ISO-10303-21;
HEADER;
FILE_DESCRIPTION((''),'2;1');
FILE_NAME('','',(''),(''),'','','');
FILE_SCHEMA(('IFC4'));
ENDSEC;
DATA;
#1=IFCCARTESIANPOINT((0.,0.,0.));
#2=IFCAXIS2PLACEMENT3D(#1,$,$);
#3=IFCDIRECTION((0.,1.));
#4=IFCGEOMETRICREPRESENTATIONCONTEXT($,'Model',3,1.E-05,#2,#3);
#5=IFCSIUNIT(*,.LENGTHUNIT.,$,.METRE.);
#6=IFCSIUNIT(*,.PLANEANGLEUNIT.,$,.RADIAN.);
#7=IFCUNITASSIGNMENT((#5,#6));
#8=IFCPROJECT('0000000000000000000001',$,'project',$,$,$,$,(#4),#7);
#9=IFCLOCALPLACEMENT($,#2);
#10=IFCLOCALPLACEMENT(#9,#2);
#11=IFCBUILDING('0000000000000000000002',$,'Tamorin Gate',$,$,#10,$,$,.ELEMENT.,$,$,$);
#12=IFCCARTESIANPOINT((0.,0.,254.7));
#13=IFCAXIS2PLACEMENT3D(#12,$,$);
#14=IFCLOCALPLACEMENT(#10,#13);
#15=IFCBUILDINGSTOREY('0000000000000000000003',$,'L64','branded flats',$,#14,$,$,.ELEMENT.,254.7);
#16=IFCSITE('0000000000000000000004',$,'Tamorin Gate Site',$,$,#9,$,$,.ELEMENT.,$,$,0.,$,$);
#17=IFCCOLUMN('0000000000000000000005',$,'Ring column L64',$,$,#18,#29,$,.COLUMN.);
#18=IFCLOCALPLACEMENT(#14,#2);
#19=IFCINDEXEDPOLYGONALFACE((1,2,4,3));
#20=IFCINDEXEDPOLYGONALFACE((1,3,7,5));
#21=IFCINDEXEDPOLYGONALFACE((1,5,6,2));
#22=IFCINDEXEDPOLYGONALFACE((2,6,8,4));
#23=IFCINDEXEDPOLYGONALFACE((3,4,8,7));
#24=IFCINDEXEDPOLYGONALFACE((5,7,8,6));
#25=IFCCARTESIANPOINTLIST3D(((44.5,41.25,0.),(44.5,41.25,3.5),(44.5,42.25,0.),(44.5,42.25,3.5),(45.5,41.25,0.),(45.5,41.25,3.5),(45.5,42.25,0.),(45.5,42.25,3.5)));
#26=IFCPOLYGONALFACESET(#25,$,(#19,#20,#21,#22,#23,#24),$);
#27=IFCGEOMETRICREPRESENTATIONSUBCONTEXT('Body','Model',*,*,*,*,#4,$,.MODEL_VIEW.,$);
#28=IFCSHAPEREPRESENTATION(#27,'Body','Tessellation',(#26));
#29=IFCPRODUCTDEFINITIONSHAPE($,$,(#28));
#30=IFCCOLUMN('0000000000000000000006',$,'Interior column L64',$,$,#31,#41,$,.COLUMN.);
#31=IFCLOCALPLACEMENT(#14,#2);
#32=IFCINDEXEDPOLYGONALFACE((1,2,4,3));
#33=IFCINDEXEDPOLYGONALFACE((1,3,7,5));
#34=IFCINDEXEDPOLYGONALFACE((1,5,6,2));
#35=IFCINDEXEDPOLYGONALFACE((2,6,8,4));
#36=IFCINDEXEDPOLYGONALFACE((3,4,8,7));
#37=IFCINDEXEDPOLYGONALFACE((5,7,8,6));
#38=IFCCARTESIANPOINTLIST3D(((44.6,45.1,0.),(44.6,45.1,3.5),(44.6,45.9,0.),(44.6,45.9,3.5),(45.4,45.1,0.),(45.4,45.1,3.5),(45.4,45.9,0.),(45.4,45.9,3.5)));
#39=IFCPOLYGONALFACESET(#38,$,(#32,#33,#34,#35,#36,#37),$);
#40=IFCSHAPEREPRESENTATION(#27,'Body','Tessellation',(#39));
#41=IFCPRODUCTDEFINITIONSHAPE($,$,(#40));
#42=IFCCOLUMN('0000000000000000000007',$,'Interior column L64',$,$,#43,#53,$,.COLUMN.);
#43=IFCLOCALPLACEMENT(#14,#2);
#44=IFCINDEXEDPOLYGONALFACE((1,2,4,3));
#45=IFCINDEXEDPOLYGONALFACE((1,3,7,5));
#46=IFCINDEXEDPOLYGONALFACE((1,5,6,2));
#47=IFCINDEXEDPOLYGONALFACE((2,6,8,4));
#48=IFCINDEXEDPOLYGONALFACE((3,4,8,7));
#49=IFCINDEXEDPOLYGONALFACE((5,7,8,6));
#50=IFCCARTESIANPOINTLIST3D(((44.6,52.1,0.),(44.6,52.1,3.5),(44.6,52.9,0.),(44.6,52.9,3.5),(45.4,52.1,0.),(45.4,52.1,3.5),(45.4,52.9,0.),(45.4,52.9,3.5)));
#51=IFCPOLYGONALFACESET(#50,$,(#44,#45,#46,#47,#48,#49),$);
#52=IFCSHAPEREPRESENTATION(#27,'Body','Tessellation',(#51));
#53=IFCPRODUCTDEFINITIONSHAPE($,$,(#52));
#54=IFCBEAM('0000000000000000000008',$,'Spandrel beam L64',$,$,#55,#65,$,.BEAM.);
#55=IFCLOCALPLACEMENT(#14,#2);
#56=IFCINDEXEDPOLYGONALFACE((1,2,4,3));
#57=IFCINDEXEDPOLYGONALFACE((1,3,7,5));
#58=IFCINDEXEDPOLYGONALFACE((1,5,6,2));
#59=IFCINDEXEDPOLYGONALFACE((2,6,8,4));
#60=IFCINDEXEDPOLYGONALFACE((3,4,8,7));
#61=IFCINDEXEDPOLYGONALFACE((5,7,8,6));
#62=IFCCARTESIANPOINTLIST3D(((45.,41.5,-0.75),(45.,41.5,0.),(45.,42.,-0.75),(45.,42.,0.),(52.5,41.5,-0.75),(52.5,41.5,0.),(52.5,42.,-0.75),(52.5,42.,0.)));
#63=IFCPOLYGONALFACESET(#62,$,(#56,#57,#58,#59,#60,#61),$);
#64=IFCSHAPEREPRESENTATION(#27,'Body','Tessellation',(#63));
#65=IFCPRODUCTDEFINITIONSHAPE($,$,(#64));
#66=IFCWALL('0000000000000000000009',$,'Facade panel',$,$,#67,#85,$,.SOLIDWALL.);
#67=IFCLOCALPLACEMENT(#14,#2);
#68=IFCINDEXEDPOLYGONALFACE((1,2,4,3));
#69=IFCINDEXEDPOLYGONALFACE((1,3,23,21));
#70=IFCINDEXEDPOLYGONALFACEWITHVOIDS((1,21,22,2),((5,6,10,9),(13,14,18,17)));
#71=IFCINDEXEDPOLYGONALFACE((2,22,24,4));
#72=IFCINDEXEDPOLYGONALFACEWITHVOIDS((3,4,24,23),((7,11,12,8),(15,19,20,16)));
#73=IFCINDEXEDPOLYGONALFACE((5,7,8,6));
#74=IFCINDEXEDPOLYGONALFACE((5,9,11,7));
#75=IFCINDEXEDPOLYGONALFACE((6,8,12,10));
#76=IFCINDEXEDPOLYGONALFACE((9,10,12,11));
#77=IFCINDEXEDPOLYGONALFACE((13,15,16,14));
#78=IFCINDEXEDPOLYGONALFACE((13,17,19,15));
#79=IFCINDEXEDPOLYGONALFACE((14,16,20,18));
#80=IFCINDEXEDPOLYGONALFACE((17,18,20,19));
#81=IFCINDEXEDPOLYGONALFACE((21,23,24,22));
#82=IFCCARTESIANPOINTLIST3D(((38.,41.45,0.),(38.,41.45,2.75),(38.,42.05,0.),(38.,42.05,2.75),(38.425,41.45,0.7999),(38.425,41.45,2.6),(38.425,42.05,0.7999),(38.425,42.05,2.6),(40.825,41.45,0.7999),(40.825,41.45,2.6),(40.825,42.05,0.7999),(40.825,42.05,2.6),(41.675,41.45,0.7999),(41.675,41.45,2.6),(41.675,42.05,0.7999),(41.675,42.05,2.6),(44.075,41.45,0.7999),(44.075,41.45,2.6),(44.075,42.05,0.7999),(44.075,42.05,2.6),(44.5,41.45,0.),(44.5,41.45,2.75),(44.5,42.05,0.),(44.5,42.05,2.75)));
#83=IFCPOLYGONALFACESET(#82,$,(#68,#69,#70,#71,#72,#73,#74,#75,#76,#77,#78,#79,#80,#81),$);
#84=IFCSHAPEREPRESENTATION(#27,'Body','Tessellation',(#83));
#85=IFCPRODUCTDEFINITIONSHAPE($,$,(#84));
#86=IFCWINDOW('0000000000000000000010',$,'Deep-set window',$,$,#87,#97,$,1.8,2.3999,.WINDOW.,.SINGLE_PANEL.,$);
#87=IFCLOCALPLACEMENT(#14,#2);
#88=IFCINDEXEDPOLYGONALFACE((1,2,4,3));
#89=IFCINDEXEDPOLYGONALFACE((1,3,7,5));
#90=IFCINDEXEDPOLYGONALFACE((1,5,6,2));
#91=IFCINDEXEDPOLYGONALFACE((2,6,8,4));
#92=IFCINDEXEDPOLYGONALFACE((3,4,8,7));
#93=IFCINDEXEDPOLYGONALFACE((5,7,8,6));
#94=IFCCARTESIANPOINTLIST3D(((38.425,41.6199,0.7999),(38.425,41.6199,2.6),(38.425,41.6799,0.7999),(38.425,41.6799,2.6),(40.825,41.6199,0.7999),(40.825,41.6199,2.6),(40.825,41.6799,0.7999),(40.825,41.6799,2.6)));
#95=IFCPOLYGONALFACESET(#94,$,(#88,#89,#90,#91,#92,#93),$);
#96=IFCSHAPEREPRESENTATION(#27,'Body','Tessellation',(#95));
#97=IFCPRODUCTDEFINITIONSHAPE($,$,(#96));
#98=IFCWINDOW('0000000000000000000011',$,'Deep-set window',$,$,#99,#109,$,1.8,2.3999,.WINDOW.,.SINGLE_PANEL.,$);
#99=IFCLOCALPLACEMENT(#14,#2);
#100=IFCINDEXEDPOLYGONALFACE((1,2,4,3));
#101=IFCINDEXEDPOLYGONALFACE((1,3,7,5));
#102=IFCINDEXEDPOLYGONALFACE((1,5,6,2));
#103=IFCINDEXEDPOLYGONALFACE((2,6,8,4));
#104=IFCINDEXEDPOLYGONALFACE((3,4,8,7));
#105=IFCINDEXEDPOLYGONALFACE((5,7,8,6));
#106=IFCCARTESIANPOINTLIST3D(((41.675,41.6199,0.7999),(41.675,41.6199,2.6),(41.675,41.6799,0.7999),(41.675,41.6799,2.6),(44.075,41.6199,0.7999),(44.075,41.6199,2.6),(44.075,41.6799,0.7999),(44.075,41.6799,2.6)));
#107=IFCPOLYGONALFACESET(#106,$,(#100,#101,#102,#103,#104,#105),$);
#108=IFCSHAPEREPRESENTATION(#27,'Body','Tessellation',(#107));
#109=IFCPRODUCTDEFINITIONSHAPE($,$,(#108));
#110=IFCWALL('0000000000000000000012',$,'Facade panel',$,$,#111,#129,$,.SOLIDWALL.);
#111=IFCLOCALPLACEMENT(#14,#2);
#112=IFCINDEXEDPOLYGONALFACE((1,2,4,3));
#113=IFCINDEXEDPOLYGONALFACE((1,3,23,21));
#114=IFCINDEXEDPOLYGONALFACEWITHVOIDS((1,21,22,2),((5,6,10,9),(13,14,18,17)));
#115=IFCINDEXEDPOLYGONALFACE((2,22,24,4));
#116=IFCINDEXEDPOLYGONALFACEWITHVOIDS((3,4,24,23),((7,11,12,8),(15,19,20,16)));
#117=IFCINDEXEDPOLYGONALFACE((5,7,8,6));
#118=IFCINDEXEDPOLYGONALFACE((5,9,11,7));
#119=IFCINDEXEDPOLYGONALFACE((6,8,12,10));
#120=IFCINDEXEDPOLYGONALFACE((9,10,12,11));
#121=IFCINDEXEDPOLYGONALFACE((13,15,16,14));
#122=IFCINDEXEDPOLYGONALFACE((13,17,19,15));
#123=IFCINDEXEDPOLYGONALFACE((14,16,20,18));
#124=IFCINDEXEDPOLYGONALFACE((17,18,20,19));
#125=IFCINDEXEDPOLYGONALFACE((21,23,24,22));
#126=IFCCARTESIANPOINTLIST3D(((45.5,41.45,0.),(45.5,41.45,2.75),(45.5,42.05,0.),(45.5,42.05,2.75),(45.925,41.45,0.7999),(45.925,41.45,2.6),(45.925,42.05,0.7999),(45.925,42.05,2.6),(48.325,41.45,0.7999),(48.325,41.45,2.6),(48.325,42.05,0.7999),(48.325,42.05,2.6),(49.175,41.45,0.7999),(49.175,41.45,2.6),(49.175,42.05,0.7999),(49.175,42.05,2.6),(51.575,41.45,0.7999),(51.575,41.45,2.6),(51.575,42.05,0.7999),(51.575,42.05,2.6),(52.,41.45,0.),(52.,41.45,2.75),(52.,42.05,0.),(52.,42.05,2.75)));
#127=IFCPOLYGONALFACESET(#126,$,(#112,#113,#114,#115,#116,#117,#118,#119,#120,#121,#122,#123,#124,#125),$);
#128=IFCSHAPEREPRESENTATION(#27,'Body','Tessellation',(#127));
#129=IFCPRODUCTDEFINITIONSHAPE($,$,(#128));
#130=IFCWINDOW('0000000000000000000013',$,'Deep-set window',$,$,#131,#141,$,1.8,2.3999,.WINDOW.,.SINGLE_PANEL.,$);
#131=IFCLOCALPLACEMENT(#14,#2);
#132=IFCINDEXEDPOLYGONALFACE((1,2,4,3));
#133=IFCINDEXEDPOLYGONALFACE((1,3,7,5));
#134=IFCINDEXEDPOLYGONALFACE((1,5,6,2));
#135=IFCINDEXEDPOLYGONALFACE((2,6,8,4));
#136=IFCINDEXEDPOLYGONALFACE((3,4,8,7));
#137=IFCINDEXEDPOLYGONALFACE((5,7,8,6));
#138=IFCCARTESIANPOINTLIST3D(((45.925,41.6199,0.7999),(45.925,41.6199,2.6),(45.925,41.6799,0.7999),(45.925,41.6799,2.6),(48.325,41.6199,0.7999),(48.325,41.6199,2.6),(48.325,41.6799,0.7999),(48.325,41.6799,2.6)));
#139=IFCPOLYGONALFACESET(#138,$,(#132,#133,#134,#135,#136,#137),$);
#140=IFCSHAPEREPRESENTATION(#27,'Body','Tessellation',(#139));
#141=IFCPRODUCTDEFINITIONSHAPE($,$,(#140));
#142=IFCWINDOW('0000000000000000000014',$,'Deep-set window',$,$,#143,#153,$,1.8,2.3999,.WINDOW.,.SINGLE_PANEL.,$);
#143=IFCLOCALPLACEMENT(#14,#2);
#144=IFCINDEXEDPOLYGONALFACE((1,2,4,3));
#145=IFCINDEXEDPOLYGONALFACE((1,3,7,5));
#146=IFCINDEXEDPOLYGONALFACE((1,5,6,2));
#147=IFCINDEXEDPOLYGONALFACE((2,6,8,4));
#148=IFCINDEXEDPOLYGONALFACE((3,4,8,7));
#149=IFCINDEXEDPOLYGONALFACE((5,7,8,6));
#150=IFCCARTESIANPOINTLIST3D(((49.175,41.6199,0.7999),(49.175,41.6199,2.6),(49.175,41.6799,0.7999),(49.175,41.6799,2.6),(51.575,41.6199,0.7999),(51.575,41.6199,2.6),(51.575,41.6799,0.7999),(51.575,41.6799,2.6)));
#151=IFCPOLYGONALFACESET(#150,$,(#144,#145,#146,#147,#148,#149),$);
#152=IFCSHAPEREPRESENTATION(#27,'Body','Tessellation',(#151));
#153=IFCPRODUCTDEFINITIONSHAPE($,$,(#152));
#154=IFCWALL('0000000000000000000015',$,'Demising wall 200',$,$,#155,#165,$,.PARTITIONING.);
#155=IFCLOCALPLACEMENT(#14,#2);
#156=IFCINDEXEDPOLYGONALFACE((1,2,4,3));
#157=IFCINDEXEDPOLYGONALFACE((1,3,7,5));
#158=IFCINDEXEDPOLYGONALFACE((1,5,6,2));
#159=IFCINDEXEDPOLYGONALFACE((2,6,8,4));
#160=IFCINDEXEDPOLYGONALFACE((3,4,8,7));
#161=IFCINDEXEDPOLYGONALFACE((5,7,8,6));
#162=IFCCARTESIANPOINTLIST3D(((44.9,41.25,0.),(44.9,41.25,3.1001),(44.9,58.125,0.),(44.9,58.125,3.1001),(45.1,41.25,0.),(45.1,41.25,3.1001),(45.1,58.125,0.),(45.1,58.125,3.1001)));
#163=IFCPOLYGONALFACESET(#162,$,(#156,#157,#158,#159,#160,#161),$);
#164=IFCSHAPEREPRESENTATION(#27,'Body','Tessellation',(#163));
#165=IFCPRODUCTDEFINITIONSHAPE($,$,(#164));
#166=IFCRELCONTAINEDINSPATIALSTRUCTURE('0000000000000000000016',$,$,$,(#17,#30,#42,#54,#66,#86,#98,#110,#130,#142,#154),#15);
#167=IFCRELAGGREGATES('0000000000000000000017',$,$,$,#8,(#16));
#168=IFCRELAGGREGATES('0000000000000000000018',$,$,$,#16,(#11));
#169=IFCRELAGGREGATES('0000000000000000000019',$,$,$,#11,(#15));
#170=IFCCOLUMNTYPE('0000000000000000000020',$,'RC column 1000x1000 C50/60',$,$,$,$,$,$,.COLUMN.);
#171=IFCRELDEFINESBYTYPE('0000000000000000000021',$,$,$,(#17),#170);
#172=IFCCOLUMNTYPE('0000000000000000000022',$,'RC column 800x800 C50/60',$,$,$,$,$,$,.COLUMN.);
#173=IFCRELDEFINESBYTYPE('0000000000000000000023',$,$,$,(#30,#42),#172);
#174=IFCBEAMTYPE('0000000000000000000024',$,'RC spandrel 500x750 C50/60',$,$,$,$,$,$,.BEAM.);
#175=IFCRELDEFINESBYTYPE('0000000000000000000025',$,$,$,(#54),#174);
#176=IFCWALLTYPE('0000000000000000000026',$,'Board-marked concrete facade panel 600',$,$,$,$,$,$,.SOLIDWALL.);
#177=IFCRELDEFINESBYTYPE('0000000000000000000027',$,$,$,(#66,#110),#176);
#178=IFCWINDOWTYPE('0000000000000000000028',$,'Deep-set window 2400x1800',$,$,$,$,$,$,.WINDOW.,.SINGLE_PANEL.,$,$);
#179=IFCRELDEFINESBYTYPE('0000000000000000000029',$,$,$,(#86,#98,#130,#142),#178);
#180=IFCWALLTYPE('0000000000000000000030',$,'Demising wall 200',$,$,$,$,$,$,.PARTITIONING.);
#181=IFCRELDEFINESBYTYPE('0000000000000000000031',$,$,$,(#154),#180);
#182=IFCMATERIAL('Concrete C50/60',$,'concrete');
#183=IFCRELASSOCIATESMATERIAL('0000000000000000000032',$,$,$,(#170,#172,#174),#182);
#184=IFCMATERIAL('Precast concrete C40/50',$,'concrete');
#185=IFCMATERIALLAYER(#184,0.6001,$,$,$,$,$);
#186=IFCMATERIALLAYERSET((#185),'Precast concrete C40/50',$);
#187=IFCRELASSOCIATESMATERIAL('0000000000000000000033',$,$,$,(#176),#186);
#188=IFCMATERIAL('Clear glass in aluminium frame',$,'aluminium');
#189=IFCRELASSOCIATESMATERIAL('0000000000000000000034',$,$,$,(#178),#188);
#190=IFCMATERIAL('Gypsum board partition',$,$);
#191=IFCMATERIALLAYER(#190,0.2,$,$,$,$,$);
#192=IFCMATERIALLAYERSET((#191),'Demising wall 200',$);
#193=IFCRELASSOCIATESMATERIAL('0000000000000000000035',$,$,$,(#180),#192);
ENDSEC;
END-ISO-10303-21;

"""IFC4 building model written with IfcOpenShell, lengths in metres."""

from ifc_helpers import new_model, si_unit, direction, frame, frame_2d, origin, origin_2d, place, context, subcontext, project, spatial, rectangle, extrude, material, layer, layer_set, material_profile, profile_set, type_object, element, fill, save


model = new_model("IFC4")

# Units and contexts
model_context = context("Model", 3, precision=1e-05, world=origin(), true_north=direction((0.0, 1.0)))
body_context = subcontext(model_context, "Body", "Model", "MODEL_VIEW")
ifc_project = project(units=[si_unit("LENGTHUNIT", "METRE"), si_unit("PLANEANGLEUNIT", "RADIAN")], contexts=[model_context])

# Site, building, storey
site_placement = place(None, origin())
site = spatial("IfcSite", under=ifc_project, at=site_placement, Name="Tamorin Gate Site", CompositionType="ELEMENT", RefElevation=0.0)
building_placement = place(site_placement, origin())
building = spatial("IfcBuilding", under=site, at=building_placement, Name="Tamorin Gate", CompositionType="ELEMENT")
storey_placement = place(building_placement, frame((0.0, 0.0, 254.7)))
storey = spatial("IfcBuildingStorey", under=building, at=storey_placement, Name="L64", Description="branded flats", CompositionType="ELEMENT", Elevation=254.7)

# Columns
ifc_material_1 = material(Name="Concrete C50/60", Category="concrete")
ifc_material_profile_1 = material_profile(ifc_material_1, rectangle(XDim=1.0, YDim=1.0, at=origin_2d()), Name="RC 1000x1000")
ifc_profile_set_1 = profile_set([ifc_material_profile_1], Name="Concrete C50/60")
column_type_1 = type_object("IfcColumnType", Name="RC column 1000x1000 C50/60", PredefinedType="COLUMN", material=ifc_profile_set_1)
column_placement = place(storey_placement, frame((45.0, 41.75, 0.0), z_axis=(0.0, 0.0, 1.0), x_axis=(1.0, 0.0, 0.0)))
element("IfcColumn", 1, at=column_placement, inside=storey, type_object=column_type_1, Name="Ring column L64", PredefinedType="COLUMN", context=body_context, shape_type="SweptSolid", body=[
    extrude(rectangle(XDim=1.0, YDim=1.0, at=origin_2d()), origin(), (0.0, 0.0, 1.0), 3.5),
])
ifc_material_profile_2 = material_profile(ifc_material_1, rectangle(XDim=0.8, YDim=0.8, at=origin_2d()), Name="RC 800x800")
ifc_profile_set_2 = profile_set([ifc_material_profile_2], Name="Concrete C50/60")
column_type_2 = type_object("IfcColumnType", Name="RC column 800x800 C50/60", PredefinedType="COLUMN", material=ifc_profile_set_2)
for number, where, z_axis, x_axis, name in (
    (2, (45.0, 45.5, 0.0), (0.0, 0.0, 1.0), (1.0, 0.0, 0.0), "Interior column L64"),
    (3, (45.0, 52.5, 0.0), (0.0, 0.0, 1.0), (1.0, 0.0, 0.0), "Interior column L64"),
):
    element("IfcColumn", number, at=place(storey_placement, frame(where, z_axis=z_axis, x_axis=x_axis)), inside=storey, type_object=column_type_2, Name=name, PredefinedType="COLUMN", context=body_context, shape_type="SweptSolid", body=[
        extrude(rectangle(XDim=0.8, YDim=0.8, at=origin_2d()), origin(), (0.0, 0.0, 1.0), 3.5),
    ])

# Beam
ifc_material_profile_3 = material_profile(ifc_material_1, rectangle(XDim=0.5, YDim=0.75, at=origin_2d()), Name="RC 500x750")
ifc_profile_set_3 = profile_set([ifc_material_profile_3], Name="Concrete C50/60")
beam_type = type_object("IfcBeamType", Name="RC spandrel 500x750 C50/60", PredefinedType="BEAM", material=ifc_profile_set_3)
beam_placement = place(storey_placement, frame((45.0, 41.75, -0.375), z_axis=(1.0, 0.0, 0.0), x_axis=(0.0, 1.0, 0.0)))
element("IfcBeam", 4, at=beam_placement, inside=storey, type_object=beam_type, Name="Spandrel beam L64", PredefinedType="BEAM", context=body_context, shape_type="SweptSolid", body=[
    extrude(rectangle(XDim=0.5, YDim=0.75, at=origin_2d()), origin(), (0.0, 0.0, 1.0), 7.5),
])

# Walls, openings, windows
ifc_material_2 = material(Name="Precast concrete C40/50", Category="concrete")
ifc_layer_1 = layer(ifc_material_2, 0.6001)
ifc_layer_set_1 = layer_set([ifc_layer_1], Name="Precast concrete C40/50")
wall_type_1 = type_object("IfcWallType", Name="Board-marked concrete facade panel 600", PredefinedType="SOLIDWALL", material=ifc_layer_set_1)
wall_1_placement = place(storey_placement, frame((38.0, 41.75, 0.0), z_axis=(0.0, 0.0, 1.0), x_axis=(1.0, 0.0, 0.0)))
wall_1 = element("IfcWall", 5, at=wall_1_placement, inside=storey, type_object=wall_type_1, Name="Facade panel", PredefinedType="SOLIDWALL", context=body_context, shape_type="SweptSolid", body=[
    extrude(rectangle(XDim=6.5, YDim=0.6001, at=frame_2d((3.25, 0.0))), origin(), (0.0, 0.0, 1.0), 2.75),
])
opening_1_placement = place(wall_1_placement, frame((0.425, 0.0, 0.8)))
opening_1 = element("IfcOpeningElement", 6, at=opening_1_placement, cuts=wall_1, PredefinedType="OPENING", context=body_context, shape_type="SweptSolid", body=[
    extrude(rectangle(XDim=2.3999, YDim=1.8, at=frame_2d((1.2, 0.8999))), frame((0.0, 0.3101, 0.0), z_axis=(0.0, -1.0, 0.0), x_axis=(1.0, 0.0, 0.0)), (0.0, 0.0, 1.0), 0.6201),
])
opening_2_placement = place(wall_1_placement, frame((3.675, 0.0, 0.8)))
opening_2 = element("IfcOpeningElement", 7, at=opening_2_placement, cuts=wall_1, PredefinedType="OPENING", context=body_context, shape_type="SweptSolid", body=[
    extrude(rectangle(XDim=2.3999, YDim=1.8, at=frame_2d((1.2, 0.8999))), frame((0.0, 0.3101, 0.0), z_axis=(0.0, -1.0, 0.0), x_axis=(1.0, 0.0, 0.0)), (0.0, 0.0, 1.0), 0.6201),
])
ifc_material_3 = material(Name="Clear glass in aluminium frame", Category="aluminium")
window_type = type_object("IfcWindowType", Name="Deep-set window 2400x1800", PartitioningType="SINGLE_PANEL", PredefinedType="WINDOW", material=ifc_material_3)
window_1_placement = place(opening_1_placement, origin())
window_1 = element("IfcWindow", 8, at=window_1_placement, inside=storey, type_object=window_type, Name="Deep-set window", OverallHeight=1.8, OverallWidth=2.3999, PartitioningType="SINGLE_PANEL", PredefinedType="WINDOW", context=body_context, shape_type="SweptSolid", body=[
    extrude(rectangle(XDim=2.3999, YDim=1.8, at=frame_2d((1.2, 0.8999))), frame((0.0, -0.0701, 0.0), z_axis=(0.0, -1.0, 0.0), x_axis=(1.0, 0.0, 0.0)), (0.0, 0.0, 1.0), 0.0601),
])
fill(opening_1, window_1)
window_2_placement = place(opening_2_placement, origin())
window_2 = element("IfcWindow", 9, at=window_2_placement, inside=storey, type_object=window_type, Name="Deep-set window", OverallHeight=1.8, OverallWidth=2.3999, PartitioningType="SINGLE_PANEL", PredefinedType="WINDOW", context=body_context, shape_type="SweptSolid", body=[
    extrude(rectangle(XDim=2.3999, YDim=1.8, at=frame_2d((1.2, 0.8999))), frame((0.0, -0.0701, 0.0), z_axis=(0.0, -1.0, 0.0), x_axis=(1.0, 0.0, 0.0)), (0.0, 0.0, 1.0), 0.0601),
])
fill(opening_2, window_2)
wall_2_placement = place(storey_placement, frame((45.5, 41.75, 0.0), z_axis=(0.0, 0.0, 1.0), x_axis=(1.0, 0.0, 0.0)))
wall_2 = element("IfcWall", 10, at=wall_2_placement, inside=storey, type_object=wall_type_1, Name="Facade panel", PredefinedType="SOLIDWALL", context=body_context, shape_type="SweptSolid", body=[
    extrude(rectangle(XDim=6.5, YDim=0.6001, at=frame_2d((3.25, 0.0))), origin(), (0.0, 0.0, 1.0), 2.75),
])
opening_3_placement = place(wall_2_placement, frame((0.425, 0.0, 0.8)))
opening_3 = element("IfcOpeningElement", 11, at=opening_3_placement, cuts=wall_2, PredefinedType="OPENING", context=body_context, shape_type="SweptSolid", body=[
    extrude(rectangle(XDim=2.3999, YDim=1.8, at=frame_2d((1.2, 0.8999))), frame((0.0, 0.3101, 0.0), z_axis=(0.0, -1.0, 0.0), x_axis=(1.0, 0.0, 0.0)), (0.0, 0.0, 1.0), 0.6201),
])
opening_4_placement = place(wall_2_placement, frame((3.675, 0.0, 0.8)))
opening_4 = element("IfcOpeningElement", 12, at=opening_4_placement, cuts=wall_2, PredefinedType="OPENING", context=body_context, shape_type="SweptSolid", body=[
    extrude(rectangle(XDim=2.3999, YDim=1.8, at=frame_2d((1.2, 0.8999))), frame((0.0, 0.3101, 0.0), z_axis=(0.0, -1.0, 0.0), x_axis=(1.0, 0.0, 0.0)), (0.0, 0.0, 1.0), 0.6201),
])
window_3_placement = place(opening_3_placement, origin())
window_3 = element("IfcWindow", 13, at=window_3_placement, inside=storey, type_object=window_type, Name="Deep-set window", OverallHeight=1.8, OverallWidth=2.3999, PartitioningType="SINGLE_PANEL", PredefinedType="WINDOW", context=body_context, shape_type="SweptSolid", body=[
    extrude(rectangle(XDim=2.3999, YDim=1.8, at=frame_2d((1.2, 0.8999))), frame((0.0, -0.0701, 0.0), z_axis=(0.0, -1.0, 0.0), x_axis=(1.0, 0.0, 0.0)), (0.0, 0.0, 1.0), 0.0601),
])
fill(opening_3, window_3)
window_4_placement = place(opening_4_placement, origin())
window_4 = element("IfcWindow", 14, at=window_4_placement, inside=storey, type_object=window_type, Name="Deep-set window", OverallHeight=1.8, OverallWidth=2.3999, PartitioningType="SINGLE_PANEL", PredefinedType="WINDOW", context=body_context, shape_type="SweptSolid", body=[
    extrude(rectangle(XDim=2.3999, YDim=1.8, at=frame_2d((1.2, 0.8999))), frame((0.0, -0.0701, 0.0), z_axis=(0.0, -1.0, 0.0), x_axis=(1.0, 0.0, 0.0)), (0.0, 0.0, 1.0), 0.0601),
])
fill(opening_4, window_4)

# Wall
ifc_material_4 = material(Name="Gypsum board partition")
ifc_layer_2 = layer(ifc_material_4, 0.2)
ifc_layer_set_2 = layer_set([ifc_layer_2], Name="Demising wall 200")
wall_type_2 = type_object("IfcWallType", Name="Demising wall 200", PredefinedType="PARTITIONING", material=ifc_layer_set_2)
wall_3_placement = place(storey_placement, frame((45.0, 41.25, 0.0), z_axis=(0.0, 0.0, 1.0), x_axis=(0.0, 1.0, 0.0)))
element("IfcWall", 15, at=wall_3_placement, inside=storey, type_object=wall_type_2, Name="Demising wall 200", PredefinedType="PARTITIONING", context=body_context, shape_type="SweptSolid", body=[
    extrude(rectangle(XDim=16.875, YDim=0.2, at=frame_2d((8.4375, 0.0))), origin(), (0.0, 0.0, 1.0), 3.1001),
])

save(model, "model.ifc")
